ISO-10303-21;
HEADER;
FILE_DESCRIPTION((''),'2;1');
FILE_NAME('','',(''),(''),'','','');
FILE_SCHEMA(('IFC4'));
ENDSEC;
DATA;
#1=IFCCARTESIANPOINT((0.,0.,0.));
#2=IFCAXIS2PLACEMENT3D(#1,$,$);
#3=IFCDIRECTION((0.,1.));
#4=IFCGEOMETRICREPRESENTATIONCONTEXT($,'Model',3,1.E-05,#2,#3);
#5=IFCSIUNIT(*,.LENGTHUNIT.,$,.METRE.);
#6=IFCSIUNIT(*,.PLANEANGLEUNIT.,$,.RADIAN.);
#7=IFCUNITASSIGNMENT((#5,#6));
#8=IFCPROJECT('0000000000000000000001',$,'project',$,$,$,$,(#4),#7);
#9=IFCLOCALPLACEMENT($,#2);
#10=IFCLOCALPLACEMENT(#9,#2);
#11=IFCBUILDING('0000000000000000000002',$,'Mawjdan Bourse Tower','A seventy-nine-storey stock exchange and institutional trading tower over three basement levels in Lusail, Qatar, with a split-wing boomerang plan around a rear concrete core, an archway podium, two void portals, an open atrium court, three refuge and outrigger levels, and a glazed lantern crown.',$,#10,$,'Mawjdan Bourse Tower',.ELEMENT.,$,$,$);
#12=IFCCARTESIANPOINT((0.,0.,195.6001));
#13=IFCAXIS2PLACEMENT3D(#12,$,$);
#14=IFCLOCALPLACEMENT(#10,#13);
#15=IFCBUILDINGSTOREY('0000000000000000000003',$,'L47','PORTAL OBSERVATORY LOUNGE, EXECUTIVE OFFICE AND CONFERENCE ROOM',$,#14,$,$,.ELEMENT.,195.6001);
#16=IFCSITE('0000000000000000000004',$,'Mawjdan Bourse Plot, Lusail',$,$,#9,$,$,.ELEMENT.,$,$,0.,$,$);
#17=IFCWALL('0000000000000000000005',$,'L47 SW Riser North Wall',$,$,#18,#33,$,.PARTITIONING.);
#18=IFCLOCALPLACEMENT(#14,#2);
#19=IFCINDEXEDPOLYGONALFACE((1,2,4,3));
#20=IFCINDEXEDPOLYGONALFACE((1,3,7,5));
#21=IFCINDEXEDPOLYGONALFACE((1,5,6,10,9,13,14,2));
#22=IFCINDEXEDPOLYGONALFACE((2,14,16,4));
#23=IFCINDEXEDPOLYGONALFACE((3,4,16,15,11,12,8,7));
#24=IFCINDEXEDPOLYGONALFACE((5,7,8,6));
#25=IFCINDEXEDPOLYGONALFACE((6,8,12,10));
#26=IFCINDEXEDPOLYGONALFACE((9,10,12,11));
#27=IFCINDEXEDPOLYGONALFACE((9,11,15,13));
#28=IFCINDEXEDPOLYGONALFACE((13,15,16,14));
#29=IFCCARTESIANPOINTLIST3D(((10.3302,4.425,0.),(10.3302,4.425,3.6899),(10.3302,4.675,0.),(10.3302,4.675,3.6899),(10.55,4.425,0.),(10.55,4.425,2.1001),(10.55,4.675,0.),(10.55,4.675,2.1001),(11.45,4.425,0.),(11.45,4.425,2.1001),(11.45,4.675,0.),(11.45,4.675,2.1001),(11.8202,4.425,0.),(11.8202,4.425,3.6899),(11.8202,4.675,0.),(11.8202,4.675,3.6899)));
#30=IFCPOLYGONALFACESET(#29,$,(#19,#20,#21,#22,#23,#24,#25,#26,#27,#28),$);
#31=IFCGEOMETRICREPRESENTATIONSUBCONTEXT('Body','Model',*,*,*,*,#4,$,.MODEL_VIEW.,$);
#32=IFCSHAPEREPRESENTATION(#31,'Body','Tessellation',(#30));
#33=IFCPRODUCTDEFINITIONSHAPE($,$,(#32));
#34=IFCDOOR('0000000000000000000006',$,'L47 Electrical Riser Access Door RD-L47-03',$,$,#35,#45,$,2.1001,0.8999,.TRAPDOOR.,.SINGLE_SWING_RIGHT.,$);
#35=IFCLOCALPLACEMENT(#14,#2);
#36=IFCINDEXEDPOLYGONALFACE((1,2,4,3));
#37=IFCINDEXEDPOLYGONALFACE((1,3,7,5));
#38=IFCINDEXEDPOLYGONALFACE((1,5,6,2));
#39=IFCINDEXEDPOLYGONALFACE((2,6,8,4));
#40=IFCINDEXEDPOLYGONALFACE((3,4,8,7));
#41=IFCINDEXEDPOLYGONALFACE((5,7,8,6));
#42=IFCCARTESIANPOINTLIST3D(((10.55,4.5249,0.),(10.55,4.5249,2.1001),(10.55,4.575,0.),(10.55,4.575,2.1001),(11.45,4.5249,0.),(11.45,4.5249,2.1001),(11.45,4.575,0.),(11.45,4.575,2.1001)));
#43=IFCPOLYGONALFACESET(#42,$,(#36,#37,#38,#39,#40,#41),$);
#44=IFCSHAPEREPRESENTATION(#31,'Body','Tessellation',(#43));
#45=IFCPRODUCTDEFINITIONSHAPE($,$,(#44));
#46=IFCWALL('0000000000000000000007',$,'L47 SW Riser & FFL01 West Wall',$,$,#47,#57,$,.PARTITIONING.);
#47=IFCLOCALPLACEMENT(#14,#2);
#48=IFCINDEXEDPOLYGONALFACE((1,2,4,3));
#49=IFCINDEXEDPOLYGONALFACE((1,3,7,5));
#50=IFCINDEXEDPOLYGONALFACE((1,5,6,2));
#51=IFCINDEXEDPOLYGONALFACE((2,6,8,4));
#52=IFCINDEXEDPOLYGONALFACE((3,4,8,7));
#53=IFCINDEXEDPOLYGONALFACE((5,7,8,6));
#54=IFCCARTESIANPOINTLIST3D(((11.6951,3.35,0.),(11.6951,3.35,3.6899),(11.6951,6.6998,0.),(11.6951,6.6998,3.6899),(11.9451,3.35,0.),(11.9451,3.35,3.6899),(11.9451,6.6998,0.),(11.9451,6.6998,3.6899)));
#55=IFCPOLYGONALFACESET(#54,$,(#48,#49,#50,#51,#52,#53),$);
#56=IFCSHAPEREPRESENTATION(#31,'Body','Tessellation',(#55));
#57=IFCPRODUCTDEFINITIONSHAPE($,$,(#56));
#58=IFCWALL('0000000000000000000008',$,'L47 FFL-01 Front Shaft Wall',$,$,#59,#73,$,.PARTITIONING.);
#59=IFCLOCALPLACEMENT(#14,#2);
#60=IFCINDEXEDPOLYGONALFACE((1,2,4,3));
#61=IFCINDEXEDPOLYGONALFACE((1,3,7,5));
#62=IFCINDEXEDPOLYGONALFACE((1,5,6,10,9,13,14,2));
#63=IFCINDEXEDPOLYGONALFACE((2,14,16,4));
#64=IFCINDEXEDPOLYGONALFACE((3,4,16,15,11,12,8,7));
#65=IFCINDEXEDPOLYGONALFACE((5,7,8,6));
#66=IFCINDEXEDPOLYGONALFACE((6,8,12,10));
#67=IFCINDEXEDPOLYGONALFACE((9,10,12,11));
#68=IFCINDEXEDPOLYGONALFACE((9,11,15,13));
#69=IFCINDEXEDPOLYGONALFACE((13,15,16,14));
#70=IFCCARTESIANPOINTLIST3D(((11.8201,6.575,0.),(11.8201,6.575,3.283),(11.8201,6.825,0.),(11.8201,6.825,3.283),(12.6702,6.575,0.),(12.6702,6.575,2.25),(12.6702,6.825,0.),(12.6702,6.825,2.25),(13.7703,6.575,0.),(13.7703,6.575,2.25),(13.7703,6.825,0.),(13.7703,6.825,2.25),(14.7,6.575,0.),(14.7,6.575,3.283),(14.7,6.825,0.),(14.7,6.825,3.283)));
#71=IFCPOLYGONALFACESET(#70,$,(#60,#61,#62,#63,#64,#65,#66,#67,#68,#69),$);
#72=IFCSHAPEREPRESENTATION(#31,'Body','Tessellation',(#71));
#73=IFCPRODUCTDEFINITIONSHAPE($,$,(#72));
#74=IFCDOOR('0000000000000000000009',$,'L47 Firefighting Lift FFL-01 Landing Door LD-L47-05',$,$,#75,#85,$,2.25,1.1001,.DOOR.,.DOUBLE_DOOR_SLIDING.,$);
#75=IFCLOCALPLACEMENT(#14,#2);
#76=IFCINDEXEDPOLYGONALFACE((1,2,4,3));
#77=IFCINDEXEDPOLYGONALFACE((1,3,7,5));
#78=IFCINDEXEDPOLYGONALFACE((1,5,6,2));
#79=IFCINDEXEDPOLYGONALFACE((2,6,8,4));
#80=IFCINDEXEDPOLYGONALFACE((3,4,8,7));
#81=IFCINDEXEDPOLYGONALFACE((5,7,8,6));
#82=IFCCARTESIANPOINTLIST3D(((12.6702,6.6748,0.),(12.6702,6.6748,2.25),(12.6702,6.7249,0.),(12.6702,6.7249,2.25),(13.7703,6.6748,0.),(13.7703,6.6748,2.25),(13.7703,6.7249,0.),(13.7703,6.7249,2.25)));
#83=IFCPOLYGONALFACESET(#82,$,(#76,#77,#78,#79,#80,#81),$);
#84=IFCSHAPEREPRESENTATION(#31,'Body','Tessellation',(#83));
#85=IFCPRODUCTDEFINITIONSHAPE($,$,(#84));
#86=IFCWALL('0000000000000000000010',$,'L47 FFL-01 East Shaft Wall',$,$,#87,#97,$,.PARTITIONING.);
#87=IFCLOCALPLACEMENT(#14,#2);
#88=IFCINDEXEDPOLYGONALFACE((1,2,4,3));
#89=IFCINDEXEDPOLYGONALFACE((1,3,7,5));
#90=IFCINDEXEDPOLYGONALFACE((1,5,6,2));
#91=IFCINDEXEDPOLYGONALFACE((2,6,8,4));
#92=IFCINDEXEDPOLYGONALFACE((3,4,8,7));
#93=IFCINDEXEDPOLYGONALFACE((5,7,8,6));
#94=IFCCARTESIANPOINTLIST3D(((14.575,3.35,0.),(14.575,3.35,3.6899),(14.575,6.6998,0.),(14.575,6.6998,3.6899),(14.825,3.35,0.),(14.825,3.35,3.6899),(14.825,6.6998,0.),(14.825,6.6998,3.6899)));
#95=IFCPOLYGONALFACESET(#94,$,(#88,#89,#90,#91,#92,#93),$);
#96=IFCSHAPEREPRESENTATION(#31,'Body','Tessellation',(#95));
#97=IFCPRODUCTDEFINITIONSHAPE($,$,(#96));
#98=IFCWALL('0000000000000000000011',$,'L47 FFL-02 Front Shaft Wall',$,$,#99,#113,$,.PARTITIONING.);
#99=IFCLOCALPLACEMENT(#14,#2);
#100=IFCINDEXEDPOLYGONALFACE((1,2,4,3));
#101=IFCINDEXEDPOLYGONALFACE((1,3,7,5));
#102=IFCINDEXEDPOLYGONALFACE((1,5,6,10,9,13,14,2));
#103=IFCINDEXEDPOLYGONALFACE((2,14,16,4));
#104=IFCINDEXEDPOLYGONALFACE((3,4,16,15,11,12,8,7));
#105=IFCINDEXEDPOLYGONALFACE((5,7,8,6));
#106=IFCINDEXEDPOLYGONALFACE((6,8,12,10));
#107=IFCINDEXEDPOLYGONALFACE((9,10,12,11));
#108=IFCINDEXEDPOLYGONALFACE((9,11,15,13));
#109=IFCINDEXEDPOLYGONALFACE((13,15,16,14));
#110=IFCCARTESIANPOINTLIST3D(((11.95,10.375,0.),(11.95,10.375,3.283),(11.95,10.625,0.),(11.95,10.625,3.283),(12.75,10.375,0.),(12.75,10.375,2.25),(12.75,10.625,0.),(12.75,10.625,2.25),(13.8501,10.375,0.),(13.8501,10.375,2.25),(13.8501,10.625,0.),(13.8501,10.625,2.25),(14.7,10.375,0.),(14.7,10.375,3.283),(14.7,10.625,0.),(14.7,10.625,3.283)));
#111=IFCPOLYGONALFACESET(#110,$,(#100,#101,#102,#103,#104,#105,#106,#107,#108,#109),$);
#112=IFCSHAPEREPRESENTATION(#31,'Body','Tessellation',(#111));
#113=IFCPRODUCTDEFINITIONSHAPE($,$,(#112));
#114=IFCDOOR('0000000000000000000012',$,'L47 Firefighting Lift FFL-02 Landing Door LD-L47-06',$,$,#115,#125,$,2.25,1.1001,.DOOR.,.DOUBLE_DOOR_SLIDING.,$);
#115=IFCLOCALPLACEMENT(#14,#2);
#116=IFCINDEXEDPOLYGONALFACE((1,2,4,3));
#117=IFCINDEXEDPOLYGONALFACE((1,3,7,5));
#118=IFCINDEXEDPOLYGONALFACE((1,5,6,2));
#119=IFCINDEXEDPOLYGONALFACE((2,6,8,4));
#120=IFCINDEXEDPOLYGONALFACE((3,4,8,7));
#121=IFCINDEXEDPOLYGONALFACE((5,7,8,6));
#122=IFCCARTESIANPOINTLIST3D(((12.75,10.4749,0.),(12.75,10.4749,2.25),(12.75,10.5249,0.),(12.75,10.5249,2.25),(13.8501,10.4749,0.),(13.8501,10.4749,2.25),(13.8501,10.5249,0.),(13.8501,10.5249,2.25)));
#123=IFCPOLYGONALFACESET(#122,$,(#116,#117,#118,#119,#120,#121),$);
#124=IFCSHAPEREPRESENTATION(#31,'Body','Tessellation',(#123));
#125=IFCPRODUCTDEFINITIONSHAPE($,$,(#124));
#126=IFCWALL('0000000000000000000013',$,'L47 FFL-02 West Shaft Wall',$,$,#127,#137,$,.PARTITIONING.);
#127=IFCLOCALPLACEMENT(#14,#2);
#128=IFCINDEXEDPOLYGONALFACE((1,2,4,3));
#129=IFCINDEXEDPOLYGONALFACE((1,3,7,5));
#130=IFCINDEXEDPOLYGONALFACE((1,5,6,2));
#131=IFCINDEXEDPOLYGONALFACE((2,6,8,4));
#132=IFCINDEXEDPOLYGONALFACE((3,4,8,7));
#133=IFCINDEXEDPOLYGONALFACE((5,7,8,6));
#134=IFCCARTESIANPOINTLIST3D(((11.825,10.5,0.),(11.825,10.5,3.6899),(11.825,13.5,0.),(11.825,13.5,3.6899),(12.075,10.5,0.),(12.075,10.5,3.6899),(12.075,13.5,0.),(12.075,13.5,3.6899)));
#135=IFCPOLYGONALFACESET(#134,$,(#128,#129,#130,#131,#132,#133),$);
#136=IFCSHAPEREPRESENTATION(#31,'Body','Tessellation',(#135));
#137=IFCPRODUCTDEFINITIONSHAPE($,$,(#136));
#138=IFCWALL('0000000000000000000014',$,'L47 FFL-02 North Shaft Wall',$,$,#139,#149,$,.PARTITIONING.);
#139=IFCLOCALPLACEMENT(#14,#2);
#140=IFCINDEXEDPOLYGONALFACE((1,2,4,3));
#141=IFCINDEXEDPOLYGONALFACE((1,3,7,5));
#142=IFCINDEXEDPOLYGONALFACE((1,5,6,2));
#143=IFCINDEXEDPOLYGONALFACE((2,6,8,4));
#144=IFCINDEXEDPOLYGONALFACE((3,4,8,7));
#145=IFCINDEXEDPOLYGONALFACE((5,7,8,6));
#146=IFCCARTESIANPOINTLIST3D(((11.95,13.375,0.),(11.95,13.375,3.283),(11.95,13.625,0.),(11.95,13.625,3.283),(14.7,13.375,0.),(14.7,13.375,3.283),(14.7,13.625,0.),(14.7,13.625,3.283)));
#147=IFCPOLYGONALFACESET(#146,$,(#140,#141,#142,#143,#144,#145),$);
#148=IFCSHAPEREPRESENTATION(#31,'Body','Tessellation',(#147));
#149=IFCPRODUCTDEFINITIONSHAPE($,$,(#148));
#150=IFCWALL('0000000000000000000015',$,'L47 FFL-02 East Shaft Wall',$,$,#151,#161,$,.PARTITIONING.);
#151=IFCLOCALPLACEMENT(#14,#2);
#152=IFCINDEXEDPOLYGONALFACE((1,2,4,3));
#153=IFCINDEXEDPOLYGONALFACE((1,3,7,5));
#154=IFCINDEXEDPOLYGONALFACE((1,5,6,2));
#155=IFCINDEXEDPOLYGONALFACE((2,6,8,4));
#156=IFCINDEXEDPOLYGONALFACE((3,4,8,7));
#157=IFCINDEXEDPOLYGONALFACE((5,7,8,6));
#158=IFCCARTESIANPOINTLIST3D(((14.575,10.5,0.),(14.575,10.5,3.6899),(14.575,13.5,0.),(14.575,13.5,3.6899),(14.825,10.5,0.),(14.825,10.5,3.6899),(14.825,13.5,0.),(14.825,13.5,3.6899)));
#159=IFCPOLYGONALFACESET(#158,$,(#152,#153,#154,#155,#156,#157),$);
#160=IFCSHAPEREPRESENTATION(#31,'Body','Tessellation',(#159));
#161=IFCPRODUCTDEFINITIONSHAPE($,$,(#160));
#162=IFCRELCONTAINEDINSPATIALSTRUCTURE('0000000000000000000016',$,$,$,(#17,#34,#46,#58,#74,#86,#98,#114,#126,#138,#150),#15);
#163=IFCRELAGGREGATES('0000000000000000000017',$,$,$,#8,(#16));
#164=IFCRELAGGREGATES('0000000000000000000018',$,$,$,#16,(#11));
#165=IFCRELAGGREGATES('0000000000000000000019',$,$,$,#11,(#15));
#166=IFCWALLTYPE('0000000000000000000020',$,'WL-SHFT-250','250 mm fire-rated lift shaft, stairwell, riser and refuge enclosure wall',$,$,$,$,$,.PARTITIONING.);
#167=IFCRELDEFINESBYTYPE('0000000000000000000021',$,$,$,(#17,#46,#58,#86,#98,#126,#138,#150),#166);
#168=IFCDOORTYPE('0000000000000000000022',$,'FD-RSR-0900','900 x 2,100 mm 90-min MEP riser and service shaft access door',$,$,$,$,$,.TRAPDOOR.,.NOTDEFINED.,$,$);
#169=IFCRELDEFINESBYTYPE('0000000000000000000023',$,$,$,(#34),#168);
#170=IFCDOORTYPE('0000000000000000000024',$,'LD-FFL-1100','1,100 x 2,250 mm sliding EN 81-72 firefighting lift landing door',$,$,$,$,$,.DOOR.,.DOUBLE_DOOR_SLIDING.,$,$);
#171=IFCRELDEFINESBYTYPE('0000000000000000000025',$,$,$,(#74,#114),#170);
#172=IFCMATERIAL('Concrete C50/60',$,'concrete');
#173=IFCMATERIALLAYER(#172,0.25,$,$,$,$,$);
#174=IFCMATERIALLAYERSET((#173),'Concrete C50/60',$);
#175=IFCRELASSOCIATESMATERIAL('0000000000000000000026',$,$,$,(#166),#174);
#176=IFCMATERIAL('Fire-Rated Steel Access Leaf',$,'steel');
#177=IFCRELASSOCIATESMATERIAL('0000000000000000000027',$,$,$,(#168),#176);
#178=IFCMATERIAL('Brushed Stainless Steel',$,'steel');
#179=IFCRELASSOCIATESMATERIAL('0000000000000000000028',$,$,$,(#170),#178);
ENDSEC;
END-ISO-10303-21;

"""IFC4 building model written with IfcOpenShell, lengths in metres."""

from ifc_helpers import new_model, si_unit, direction, frame, frame_2d, origin, place, context, subcontext, project, spatial, rectangle, extrude, material, layer, layer_set, type_object, element, fill, save


model = new_model("IFC4")

# Units and contexts
model_context = context("Model", 3, precision=1e-05, world=origin(), true_north=direction((0.0, 1.0)))
body_context = subcontext(model_context, "Body", "Model", "MODEL_VIEW")
ifc_project = project(units=[si_unit("LENGTHUNIT", "METRE"), si_unit("PLANEANGLEUNIT", "RADIAN")], contexts=[model_context])

# Site, building, storey
site_placement = place(None, origin())
site = spatial("IfcSite", under=ifc_project, at=site_placement, Name="Mawjdan Bourse Plot, Lusail", CompositionType="ELEMENT", RefElevation=0.0)
building_placement = place(site_placement, origin())
building = spatial("IfcBuilding", under=site, at=building_placement, Name="Mawjdan Bourse Tower", Description="A seventy-nine-storey stock exchange and institutional trading tower over three basement levels in Lusail, Qatar, with a split-wing boomerang plan around a rear concrete core, an archway podium, two void portals, an open atrium court, three refuge and outrigger levels, and a glazed lantern crown.", LongName="Mawjdan Bourse Tower", CompositionType="ELEMENT")
storey_placement = place(building_placement, frame((0.0, 0.0, 195.6001)))
storey = spatial("IfcBuildingStorey", under=building, at=storey_placement, Name="L47", Description="PORTAL OBSERVATORY LOUNGE, EXECUTIVE OFFICE AND CONFERENCE ROOM", CompositionType="ELEMENT", Elevation=195.6001)

# Wall, opening, door
ifc_material_1 = material(Name="Concrete C50/60", Category="concrete")
ifc_layer_1 = layer(ifc_material_1, 0.25)
ifc_layer_set_1 = layer_set([ifc_layer_1], Name="Concrete C50/60")
wall_type_1 = type_object("IfcWallType", Name="WL-SHFT-250", Description="250 mm fire-rated lift shaft, stairwell, riser and refuge enclosure wall", PredefinedType="PARTITIONING", material=ifc_layer_set_1)
wall_1_placement = place(storey_placement, frame((10.3301, 4.55, 0.0), z_axis=(0.0, 0.0, 1.0), x_axis=(1.0, 0.0, 0.0)))
wall_1 = element("IfcWall", 1, at=wall_1_placement, inside=storey, type_object=wall_type_1, Name="L47 SW Riser North Wall", PredefinedType="PARTITIONING", context=body_context, shape_type="SweptSolid", body=[
    extrude(rectangle(XDim=1.49, YDim=0.25, at=frame_2d((0.7451, 0.0))), origin(), (0.0, 0.0, 1.0), 3.6899),
])
opening_1_placement = place(wall_1_placement, frame((0.22, 0.0, 0.0)))
opening_1 = element("IfcOpeningElement", 2, at=opening_1_placement, cuts=wall_1, PredefinedType="OPENING", context=body_context, shape_type="SweptSolid", body=[
    extrude(rectangle(XDim=0.8999, YDim=2.1001, at=frame_2d((0.45, 1.05))), frame((0.0, 0.135, 0.0), z_axis=(0.0, -1.0, 0.0), x_axis=(1.0, 0.0, 0.0)), (0.0, 0.0, 1.0), 0.27),
])
ifc_material_2 = material(Name="Fire-Rated Steel Access Leaf", Category="steel")
door_type_1 = type_object("IfcDoorType", Name="FD-RSR-0900", Description="900 x 2,100 mm 90-min MEP riser and service shaft access door", OperationType="NOTDEFINED", PredefinedType="TRAPDOOR", material=ifc_material_2)
door_1_placement = place(opening_1_placement, origin())
door_1 = element("IfcDoor", 3, at=door_1_placement, inside=storey, type_object=door_type_1, Name="L47 Electrical Riser Access Door RD-L47-03", OperationType="SINGLE_SWING_RIGHT", OverallHeight=2.1001, OverallWidth=0.8999, PredefinedType="TRAPDOOR", context=body_context, shape_type="SweptSolid", body=[
    extrude(rectangle(XDim=0.8999, YDim=2.1001, at=frame_2d((0.45, 1.05))), frame((0.0, 0.0249, 0.0), z_axis=(0.0, -1.0, 0.0), x_axis=(1.0, 0.0, 0.0)), (0.0, 0.0, 1.0), 0.05),
])
fill(opening_1, door_1)

# Wall
wall_2_placement = place(storey_placement, frame((11.8201, 3.3501, 0.0), z_axis=(0.0, 0.0, 1.0), x_axis=(0.0, 1.0, 0.0)))
element("IfcWall", 4, at=wall_2_placement, inside=storey, type_object=wall_type_1, Name="L47 SW Riser & FFL01 West Wall", PredefinedType="PARTITIONING", context=body_context, shape_type="SweptSolid", body=[
    extrude(rectangle(XDim=3.3499, YDim=0.25, at=frame_2d((1.6748, 0.0))), origin(), (0.0, 0.0, 1.0), 3.6899),
])

# Wall, opening, door
wall_3_placement = place(storey_placement, frame((11.8201, 6.7, 0.0), z_axis=(0.0, 0.0, 1.0), x_axis=(1.0, 0.0, 0.0)))
wall_3 = element("IfcWall", 5, at=wall_3_placement, inside=storey, type_object=wall_type_1, Name="L47 FFL-01 Front Shaft Wall", PredefinedType="PARTITIONING", context=body_context, shape_type="SweptSolid", body=[
    extrude(rectangle(XDim=2.8799, YDim=0.25, at=frame_2d((1.4399, 0.0))), origin(), (0.0, 0.0, 1.0), 3.283),
])
opening_2_placement = place(wall_3_placement, frame((0.8501, 0.0, 0.0)))
opening_2 = element("IfcOpeningElement", 6, at=opening_2_placement, cuts=wall_3, PredefinedType="OPENING", context=body_context, shape_type="SweptSolid", body=[
    extrude(rectangle(XDim=1.1001, YDim=2.25, at=frame_2d((0.55, 1.125))), frame((0.0, 0.135, 0.0), z_axis=(0.0, -1.0, 0.0), x_axis=(1.0, 0.0, 0.0)), (0.0, 0.0, 1.0), 0.27),
])
ifc_material_3 = material(Name="Brushed Stainless Steel", Category="steel")
door_type_2 = type_object("IfcDoorType", Name="LD-FFL-1100", Description="1,100 x 2,250 mm sliding EN 81-72 firefighting lift landing door", OperationType="DOUBLE_DOOR_SLIDING", PredefinedType="DOOR", material=ifc_material_3)
door_2_placement = place(opening_2_placement, origin())
door_2 = element("IfcDoor", 7, at=door_2_placement, inside=storey, type_object=door_type_2, Name="L47 Firefighting Lift FFL-01 Landing Door LD-L47-05", OperationType="DOUBLE_DOOR_SLIDING", OverallHeight=2.25, OverallWidth=1.1001, PredefinedType="DOOR", context=body_context, shape_type="SweptSolid", body=[
    extrude(rectangle(XDim=1.1001, YDim=2.25, at=frame_2d((0.55, 1.125))), frame((0.0, 0.0249, 0.0), z_axis=(0.0, -1.0, 0.0), x_axis=(1.0, 0.0, 0.0)), (0.0, 0.0, 1.0), 0.05),
])
fill(opening_2, door_2)

# Wall
wall_4_placement = place(storey_placement, frame((14.7, 3.3501, 0.0), z_axis=(0.0, 0.0, 1.0), x_axis=(0.0, 1.0, 0.0)))
element("IfcWall", 8, at=wall_4_placement, inside=storey, type_object=wall_type_1, Name="L47 FFL-01 East Shaft Wall", PredefinedType="PARTITIONING", context=body_context, shape_type="SweptSolid", body=[
    extrude(rectangle(XDim=3.3499, YDim=0.25, at=frame_2d((1.6748, 0.0))), origin(), (0.0, 0.0, 1.0), 3.6899),
])

# Wall, opening, door
wall_5_placement = place(storey_placement, frame((11.95, 10.5, 0.0), z_axis=(0.0, 0.0, 1.0), x_axis=(1.0, 0.0, 0.0)))
wall_5 = element("IfcWall", 9, at=wall_5_placement, inside=storey, type_object=wall_type_1, Name="L47 FFL-02 Front Shaft Wall", PredefinedType="PARTITIONING", context=body_context, shape_type="SweptSolid", body=[
    extrude(rectangle(XDim=2.75, YDim=0.25, at=frame_2d((1.375, 0.0))), origin(), (0.0, 0.0, 1.0), 3.283),
])
opening_3_placement = place(wall_5_placement, frame((0.8, 0.0, 0.0)))
opening_3 = element("IfcOpeningElement", 10, at=opening_3_placement, cuts=wall_5, PredefinedType="OPENING", context=body_context, shape_type="SweptSolid", body=[
    extrude(rectangle(XDim=1.1001, YDim=2.25, at=frame_2d((0.55, 1.125))), frame((0.0, 0.135, 0.0), z_axis=(0.0, -1.0, 0.0), x_axis=(1.0, 0.0, 0.0)), (0.0, 0.0, 1.0), 0.27),
])
door_3_placement = place(opening_3_placement, origin())
door_3 = element("IfcDoor", 11, at=door_3_placement, inside=storey, type_object=door_type_2, Name="L47 Firefighting Lift FFL-02 Landing Door LD-L47-06", OperationType="DOUBLE_DOOR_SLIDING", OverallHeight=2.25, OverallWidth=1.1001, PredefinedType="DOOR", context=body_context, shape_type="SweptSolid", body=[
    extrude(rectangle(XDim=1.1001, YDim=2.25, at=frame_2d((0.55, 1.125))), frame((0.0, 0.0249, 0.0), z_axis=(0.0, -1.0, 0.0), x_axis=(1.0, 0.0, 0.0)), (0.0, 0.0, 1.0), 0.05),
])
fill(opening_3, door_3)

# Walls
wall_6_placement = place(storey_placement, frame((11.95, 10.5, 0.0), z_axis=(0.0, 0.0, 1.0), x_axis=(0.0, 1.0, 0.0)))
element("IfcWall", 12, at=wall_6_placement, inside=storey, type_object=wall_type_1, Name="L47 FFL-02 West Shaft Wall", PredefinedType="PARTITIONING", context=body_context, shape_type="SweptSolid", body=[
    extrude(rectangle(XDim=3.0, YDim=0.25, at=frame_2d((1.5, 0.0))), origin(), (0.0, 0.0, 1.0), 3.6899),
])
wall_7_placement = place(storey_placement, frame((11.95, 13.5, 0.0), z_axis=(0.0, 0.0, 1.0), x_axis=(1.0, 0.0, 0.0)))
element("IfcWall", 13, at=wall_7_placement, inside=storey, type_object=wall_type_1, Name="L47 FFL-02 North Shaft Wall", PredefinedType="PARTITIONING", context=body_context, shape_type="SweptSolid", body=[
    extrude(rectangle(XDim=2.75, YDim=0.25, at=frame_2d((1.375, 0.0))), origin(), (0.0, 0.0, 1.0), 3.283),
])
wall_8_placement = place(storey_placement, frame((14.7, 10.5, 0.0), z_axis=(0.0, 0.0, 1.0), x_axis=(0.0, 1.0, 0.0)))
element("IfcWall", 14, at=wall_8_placement, inside=storey, type_object=wall_type_1, Name="L47 FFL-02 East Shaft Wall", PredefinedType="PARTITIONING", context=body_context, shape_type="SweptSolid", body=[
    extrude(rectangle(XDim=3.0, YDim=0.25, at=frame_2d((1.5, 0.0))), origin(), (0.0, 0.0, 1.0), 3.6899),
])

save(model, "model.ifc")
